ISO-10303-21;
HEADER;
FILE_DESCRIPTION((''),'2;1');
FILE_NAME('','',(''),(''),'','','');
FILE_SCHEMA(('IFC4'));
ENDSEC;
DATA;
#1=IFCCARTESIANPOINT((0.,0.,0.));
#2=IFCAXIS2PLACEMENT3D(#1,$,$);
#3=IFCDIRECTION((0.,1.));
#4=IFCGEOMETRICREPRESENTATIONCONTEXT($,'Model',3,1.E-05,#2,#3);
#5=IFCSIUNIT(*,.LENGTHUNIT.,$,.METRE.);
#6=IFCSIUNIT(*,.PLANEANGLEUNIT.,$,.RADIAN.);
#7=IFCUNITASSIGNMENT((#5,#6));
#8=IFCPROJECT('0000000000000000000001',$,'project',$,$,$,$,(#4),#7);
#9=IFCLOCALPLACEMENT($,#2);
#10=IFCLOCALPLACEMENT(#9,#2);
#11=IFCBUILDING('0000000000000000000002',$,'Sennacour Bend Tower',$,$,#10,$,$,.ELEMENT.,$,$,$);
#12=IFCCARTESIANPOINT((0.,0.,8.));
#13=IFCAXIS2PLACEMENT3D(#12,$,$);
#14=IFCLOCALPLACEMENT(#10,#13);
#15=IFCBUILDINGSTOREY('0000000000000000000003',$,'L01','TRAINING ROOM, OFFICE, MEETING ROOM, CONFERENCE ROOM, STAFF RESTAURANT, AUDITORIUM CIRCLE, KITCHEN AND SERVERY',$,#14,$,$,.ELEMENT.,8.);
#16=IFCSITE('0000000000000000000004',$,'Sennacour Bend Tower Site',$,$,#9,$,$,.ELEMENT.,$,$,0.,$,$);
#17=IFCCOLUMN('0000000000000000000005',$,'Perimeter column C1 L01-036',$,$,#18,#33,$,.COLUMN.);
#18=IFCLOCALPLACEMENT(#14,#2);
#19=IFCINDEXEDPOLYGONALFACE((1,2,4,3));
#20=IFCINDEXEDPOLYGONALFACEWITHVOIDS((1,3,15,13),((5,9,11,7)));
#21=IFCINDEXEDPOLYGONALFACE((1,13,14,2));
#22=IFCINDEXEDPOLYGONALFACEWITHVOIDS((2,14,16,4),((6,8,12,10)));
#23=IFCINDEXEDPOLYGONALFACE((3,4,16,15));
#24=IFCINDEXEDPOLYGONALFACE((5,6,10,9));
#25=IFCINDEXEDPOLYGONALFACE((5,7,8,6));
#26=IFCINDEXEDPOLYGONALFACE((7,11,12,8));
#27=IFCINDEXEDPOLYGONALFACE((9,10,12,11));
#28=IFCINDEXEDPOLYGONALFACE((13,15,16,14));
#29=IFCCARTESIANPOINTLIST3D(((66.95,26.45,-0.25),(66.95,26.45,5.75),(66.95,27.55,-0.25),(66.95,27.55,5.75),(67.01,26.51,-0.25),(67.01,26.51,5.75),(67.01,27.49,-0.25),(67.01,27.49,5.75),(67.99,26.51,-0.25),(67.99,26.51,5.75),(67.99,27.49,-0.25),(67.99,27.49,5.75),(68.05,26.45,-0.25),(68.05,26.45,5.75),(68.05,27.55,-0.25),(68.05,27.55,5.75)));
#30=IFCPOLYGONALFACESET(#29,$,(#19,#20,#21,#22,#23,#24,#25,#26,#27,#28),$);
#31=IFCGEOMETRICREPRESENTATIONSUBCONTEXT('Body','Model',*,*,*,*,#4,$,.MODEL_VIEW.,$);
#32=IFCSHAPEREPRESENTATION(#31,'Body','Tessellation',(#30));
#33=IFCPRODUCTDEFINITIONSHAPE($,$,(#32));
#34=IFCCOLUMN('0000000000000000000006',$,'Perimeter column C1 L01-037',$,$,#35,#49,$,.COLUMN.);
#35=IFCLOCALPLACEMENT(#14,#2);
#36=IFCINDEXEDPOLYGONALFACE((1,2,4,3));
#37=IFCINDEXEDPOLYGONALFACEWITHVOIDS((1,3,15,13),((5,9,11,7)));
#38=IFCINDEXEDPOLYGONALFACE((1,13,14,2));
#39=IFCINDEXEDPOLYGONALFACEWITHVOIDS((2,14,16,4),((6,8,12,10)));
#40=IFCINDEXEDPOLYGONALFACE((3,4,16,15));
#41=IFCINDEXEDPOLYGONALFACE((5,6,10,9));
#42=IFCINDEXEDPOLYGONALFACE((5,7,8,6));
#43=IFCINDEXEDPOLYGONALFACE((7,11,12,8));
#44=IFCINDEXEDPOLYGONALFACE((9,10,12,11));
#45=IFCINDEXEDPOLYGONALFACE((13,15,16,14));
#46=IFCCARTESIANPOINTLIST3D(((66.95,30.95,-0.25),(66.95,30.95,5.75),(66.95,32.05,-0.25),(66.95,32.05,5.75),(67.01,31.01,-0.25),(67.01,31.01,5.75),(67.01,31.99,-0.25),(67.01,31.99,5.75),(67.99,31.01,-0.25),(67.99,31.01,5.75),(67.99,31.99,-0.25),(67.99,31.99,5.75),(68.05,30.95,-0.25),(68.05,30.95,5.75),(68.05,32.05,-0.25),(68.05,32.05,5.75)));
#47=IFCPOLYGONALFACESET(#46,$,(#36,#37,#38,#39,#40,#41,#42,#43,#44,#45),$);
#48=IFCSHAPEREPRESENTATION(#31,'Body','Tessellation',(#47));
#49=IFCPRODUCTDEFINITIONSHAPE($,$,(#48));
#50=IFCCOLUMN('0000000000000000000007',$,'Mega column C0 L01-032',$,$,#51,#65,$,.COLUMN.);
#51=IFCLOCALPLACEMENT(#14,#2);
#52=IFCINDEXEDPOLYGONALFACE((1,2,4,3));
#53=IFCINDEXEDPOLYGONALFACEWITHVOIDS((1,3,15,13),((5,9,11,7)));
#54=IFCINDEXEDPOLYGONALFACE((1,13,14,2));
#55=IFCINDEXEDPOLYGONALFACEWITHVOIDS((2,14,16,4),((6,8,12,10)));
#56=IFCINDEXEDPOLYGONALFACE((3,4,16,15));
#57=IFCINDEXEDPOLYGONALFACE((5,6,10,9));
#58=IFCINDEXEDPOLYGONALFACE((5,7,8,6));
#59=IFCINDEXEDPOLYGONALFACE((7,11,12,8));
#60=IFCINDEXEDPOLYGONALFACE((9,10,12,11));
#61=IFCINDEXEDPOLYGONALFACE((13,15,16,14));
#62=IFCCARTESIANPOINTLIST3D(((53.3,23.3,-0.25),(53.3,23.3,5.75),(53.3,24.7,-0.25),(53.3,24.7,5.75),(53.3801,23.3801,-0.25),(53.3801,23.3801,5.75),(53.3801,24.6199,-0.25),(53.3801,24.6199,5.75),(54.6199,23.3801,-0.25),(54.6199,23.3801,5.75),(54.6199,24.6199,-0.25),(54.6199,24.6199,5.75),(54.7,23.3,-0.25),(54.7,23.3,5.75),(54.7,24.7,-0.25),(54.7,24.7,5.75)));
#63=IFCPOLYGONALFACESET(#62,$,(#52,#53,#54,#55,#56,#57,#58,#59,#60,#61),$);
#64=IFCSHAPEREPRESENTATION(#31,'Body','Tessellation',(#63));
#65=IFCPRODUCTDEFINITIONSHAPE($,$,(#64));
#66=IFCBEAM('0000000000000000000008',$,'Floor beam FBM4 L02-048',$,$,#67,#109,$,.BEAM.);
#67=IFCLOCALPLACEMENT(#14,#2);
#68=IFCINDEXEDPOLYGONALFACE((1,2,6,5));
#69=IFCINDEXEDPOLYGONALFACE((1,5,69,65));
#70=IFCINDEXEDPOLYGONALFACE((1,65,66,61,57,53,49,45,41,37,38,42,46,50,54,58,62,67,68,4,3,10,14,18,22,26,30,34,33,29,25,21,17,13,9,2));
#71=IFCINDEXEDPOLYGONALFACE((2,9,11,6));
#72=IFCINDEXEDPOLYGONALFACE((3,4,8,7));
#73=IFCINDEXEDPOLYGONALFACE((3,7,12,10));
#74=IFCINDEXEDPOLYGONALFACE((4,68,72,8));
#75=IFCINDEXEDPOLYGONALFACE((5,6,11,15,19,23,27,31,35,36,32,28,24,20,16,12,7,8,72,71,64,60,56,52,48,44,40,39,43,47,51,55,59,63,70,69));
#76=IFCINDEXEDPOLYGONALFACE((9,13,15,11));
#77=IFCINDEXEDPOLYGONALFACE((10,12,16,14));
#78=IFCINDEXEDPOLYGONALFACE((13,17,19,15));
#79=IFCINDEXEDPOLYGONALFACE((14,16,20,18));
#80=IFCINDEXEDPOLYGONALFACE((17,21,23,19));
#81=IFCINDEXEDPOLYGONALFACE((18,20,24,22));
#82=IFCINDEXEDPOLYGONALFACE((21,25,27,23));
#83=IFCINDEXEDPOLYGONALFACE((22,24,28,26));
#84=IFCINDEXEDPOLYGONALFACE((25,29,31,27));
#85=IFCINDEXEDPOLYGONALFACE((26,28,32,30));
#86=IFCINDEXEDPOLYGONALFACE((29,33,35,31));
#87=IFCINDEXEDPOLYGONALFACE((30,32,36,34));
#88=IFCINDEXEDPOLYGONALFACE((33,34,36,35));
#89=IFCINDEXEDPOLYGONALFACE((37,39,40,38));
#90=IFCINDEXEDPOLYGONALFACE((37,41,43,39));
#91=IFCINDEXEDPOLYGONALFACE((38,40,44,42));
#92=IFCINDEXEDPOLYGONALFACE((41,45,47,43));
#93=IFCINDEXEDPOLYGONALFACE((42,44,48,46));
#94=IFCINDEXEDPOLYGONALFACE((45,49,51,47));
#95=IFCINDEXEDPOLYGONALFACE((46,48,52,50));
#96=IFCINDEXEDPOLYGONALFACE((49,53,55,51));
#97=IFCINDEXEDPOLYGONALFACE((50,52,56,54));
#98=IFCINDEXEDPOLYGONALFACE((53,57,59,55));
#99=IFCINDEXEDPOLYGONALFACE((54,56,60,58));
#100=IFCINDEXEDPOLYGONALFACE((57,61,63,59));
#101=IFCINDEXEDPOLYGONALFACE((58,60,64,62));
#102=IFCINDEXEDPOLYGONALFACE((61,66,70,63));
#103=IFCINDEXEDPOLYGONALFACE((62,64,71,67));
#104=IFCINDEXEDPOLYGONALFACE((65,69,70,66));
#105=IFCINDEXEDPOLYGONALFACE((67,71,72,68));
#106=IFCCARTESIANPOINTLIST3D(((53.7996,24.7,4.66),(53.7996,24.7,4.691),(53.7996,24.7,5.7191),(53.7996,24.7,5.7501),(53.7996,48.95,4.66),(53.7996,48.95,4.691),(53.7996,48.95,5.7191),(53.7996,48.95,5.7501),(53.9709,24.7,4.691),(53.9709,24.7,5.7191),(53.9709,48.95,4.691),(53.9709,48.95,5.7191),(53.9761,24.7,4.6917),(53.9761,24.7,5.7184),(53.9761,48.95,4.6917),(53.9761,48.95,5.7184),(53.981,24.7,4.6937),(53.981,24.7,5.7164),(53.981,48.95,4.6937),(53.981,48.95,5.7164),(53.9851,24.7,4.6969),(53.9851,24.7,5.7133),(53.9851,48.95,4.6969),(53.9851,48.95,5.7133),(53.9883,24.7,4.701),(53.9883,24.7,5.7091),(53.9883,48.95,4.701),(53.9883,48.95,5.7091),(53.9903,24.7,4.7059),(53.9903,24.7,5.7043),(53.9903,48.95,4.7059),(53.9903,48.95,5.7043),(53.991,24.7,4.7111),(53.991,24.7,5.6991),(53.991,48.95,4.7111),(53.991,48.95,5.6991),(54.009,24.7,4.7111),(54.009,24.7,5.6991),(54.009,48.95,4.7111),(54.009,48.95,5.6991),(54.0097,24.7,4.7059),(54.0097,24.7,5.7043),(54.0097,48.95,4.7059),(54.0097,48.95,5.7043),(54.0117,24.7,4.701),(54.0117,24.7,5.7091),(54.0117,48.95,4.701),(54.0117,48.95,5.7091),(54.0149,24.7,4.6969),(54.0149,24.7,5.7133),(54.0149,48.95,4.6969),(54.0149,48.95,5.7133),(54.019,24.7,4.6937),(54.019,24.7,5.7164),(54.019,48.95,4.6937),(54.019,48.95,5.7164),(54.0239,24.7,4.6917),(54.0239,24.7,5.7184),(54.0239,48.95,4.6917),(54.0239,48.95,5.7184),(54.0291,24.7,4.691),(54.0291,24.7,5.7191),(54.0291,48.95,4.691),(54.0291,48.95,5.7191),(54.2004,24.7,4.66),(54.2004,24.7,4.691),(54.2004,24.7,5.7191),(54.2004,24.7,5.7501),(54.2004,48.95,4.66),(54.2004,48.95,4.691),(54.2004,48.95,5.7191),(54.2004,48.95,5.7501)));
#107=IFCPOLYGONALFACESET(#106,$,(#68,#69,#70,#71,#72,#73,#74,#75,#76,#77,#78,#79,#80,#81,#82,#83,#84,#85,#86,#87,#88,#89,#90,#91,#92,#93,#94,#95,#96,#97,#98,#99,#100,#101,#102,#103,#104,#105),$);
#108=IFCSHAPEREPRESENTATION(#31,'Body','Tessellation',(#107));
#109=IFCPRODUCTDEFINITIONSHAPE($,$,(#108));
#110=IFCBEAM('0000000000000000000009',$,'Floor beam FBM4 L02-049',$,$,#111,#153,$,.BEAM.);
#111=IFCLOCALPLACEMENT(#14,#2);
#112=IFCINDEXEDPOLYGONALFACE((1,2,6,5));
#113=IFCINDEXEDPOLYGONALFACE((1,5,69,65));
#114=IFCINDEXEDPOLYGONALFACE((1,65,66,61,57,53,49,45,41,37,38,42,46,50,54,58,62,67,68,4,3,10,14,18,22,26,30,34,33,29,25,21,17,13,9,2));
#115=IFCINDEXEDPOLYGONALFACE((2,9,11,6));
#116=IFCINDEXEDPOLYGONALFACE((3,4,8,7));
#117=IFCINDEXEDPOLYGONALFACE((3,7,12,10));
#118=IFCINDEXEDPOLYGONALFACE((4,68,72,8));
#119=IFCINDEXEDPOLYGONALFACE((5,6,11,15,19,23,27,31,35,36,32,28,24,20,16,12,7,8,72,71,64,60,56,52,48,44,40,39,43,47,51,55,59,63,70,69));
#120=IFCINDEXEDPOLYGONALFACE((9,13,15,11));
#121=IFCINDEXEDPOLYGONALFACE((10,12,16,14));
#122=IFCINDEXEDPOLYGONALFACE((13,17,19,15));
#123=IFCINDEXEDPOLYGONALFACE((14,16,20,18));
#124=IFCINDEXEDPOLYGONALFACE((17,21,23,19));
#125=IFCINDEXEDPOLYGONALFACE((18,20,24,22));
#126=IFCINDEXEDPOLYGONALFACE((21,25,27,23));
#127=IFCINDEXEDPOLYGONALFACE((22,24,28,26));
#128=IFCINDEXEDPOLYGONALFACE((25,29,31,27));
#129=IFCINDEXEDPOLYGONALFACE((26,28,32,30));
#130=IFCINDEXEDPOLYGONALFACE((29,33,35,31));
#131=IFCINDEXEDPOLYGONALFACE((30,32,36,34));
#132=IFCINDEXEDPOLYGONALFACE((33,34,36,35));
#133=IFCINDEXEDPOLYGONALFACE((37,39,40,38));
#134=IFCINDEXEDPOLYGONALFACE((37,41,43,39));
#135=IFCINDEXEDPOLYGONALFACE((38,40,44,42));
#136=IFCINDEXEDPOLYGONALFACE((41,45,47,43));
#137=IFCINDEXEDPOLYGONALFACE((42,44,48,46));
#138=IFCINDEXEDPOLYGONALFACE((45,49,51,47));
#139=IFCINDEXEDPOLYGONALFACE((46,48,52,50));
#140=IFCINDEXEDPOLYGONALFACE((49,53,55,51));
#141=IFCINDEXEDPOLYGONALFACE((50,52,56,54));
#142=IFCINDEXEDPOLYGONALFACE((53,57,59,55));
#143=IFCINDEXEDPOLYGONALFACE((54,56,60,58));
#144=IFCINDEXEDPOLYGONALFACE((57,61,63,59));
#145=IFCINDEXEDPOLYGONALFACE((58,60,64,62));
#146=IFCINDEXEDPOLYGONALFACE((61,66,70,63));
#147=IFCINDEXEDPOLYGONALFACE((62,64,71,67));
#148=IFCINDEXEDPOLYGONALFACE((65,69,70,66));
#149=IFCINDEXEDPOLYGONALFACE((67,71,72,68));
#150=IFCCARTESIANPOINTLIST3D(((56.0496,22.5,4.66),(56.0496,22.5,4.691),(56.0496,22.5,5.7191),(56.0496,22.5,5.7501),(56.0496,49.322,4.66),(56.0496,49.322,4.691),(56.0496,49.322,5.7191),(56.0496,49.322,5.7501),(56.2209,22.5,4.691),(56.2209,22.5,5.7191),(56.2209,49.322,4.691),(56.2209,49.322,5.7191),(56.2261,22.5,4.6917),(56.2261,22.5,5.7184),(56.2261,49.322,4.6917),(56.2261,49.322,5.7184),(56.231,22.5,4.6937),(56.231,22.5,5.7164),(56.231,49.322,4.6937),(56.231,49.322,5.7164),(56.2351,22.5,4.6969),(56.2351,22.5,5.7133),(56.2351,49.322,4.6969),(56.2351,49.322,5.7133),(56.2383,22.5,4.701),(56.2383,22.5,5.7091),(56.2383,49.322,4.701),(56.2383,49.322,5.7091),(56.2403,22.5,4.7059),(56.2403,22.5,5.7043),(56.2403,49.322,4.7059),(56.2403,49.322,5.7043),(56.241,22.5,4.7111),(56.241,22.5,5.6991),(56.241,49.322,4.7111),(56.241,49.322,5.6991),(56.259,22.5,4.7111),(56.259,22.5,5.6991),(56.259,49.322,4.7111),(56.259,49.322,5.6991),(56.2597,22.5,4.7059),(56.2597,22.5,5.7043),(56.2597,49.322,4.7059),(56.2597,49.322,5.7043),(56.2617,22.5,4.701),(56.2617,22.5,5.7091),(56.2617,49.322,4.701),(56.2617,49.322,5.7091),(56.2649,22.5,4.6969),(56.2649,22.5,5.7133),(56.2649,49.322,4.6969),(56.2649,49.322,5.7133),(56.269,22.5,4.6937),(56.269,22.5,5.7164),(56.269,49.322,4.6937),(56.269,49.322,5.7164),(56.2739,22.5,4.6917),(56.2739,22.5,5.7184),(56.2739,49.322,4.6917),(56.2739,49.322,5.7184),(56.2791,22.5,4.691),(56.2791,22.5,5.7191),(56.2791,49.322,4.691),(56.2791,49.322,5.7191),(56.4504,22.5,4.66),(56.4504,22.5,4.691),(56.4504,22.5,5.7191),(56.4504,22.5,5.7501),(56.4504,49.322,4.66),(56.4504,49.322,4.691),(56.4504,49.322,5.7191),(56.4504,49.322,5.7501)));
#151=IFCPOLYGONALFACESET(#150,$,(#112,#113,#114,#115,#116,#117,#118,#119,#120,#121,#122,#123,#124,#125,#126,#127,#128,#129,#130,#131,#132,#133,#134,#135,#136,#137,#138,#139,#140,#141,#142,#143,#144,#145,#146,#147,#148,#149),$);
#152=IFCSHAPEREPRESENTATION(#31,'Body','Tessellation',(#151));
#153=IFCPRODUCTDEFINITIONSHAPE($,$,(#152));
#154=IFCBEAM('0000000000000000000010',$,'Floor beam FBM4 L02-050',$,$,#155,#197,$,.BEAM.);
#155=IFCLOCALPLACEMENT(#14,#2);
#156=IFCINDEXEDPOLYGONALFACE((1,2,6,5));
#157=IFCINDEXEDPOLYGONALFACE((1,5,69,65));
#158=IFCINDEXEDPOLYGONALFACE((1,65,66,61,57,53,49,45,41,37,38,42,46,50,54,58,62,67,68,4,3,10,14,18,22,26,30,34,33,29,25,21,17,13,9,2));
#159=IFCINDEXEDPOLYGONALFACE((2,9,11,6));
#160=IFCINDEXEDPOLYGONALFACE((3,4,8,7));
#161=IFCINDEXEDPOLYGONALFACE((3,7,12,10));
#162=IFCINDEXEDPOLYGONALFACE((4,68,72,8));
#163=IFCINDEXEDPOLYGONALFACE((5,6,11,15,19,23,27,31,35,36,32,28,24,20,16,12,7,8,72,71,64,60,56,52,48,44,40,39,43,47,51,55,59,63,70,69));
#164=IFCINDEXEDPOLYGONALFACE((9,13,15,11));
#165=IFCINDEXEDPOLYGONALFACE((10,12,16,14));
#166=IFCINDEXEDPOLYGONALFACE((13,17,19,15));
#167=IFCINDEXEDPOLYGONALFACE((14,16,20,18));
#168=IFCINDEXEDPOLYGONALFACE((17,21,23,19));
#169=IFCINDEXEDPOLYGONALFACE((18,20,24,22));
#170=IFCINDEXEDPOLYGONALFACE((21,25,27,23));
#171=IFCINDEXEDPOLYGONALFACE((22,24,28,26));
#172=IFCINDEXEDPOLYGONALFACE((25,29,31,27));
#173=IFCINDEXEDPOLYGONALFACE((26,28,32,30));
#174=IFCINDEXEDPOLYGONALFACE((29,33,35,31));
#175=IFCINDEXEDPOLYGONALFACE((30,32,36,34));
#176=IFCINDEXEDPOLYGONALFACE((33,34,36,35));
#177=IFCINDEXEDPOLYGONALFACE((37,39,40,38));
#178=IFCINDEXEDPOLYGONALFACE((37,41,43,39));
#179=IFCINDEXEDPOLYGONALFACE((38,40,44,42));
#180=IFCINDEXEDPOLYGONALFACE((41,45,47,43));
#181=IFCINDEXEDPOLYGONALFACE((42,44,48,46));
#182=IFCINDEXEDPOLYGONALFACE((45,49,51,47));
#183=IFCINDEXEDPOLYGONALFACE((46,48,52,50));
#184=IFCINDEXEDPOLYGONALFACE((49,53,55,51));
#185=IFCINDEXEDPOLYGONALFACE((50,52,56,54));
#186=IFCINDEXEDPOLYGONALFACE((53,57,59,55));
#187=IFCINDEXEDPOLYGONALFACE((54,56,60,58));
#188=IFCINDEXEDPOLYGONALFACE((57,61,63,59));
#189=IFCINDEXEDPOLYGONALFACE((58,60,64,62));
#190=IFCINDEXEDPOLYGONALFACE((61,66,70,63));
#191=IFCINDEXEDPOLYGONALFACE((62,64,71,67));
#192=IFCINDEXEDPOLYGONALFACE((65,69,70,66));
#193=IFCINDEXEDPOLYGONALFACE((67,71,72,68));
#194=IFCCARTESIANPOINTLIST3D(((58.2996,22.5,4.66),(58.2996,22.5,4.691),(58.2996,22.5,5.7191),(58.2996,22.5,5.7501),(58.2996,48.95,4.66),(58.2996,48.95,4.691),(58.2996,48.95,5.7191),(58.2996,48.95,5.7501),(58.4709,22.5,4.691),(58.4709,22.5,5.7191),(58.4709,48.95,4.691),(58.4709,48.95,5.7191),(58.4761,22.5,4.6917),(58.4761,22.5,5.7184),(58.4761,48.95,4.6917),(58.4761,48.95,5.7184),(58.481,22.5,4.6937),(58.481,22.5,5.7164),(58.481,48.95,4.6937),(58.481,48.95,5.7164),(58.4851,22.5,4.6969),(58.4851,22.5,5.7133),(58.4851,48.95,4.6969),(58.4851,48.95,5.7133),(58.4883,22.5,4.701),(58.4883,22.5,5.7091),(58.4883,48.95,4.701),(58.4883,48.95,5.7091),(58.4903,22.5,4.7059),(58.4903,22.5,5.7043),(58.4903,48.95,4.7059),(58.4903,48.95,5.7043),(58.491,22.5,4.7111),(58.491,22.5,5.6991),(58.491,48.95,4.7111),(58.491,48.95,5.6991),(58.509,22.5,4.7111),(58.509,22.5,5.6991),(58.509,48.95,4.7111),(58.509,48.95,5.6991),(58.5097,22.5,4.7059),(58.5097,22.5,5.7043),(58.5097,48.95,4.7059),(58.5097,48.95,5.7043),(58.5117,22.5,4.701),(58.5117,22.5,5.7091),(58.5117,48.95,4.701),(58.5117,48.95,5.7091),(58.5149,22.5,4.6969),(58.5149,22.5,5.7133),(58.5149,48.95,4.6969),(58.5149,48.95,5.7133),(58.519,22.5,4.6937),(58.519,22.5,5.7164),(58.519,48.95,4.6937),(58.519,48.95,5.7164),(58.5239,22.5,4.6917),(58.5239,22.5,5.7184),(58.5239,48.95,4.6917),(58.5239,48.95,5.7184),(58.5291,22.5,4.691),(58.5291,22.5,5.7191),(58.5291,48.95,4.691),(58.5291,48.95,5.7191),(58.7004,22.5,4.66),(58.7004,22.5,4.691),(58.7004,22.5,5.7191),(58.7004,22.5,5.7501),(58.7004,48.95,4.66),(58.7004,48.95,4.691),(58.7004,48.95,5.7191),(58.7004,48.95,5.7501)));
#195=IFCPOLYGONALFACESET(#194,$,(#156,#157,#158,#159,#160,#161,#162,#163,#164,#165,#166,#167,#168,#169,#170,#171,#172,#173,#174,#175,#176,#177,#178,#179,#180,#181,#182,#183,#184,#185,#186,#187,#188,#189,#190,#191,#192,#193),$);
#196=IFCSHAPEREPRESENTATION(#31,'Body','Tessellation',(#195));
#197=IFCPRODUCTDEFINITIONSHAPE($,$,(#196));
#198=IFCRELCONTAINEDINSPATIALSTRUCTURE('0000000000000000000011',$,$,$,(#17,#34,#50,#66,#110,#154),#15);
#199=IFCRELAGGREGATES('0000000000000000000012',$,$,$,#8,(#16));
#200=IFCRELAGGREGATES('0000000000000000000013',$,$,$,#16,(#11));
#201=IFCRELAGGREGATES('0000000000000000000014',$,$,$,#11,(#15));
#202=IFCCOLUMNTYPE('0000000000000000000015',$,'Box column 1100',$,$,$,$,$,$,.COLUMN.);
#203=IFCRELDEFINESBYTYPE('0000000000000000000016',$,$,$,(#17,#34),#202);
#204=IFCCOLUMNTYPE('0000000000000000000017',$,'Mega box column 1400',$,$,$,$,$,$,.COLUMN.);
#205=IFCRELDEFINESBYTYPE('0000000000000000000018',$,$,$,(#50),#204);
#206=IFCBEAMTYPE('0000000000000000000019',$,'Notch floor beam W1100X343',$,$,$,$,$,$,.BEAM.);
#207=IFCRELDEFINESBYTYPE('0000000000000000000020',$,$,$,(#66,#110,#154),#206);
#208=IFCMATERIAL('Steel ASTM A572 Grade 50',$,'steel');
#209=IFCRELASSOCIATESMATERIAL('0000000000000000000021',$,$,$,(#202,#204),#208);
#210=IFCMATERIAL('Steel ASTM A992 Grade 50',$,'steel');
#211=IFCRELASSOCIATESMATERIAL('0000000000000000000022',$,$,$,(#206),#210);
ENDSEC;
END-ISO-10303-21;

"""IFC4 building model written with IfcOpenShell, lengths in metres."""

from ifc_helpers import new_model, si_unit, direction, frame, origin, origin_2d, place, context, subcontext, project, spatial, hollow_rectangle, i_section, extrude, material, material_profile, profile_set, type_object, element, save


model = new_model("IFC4")

# Units and contexts
model_context = context("Model", 3, precision=1e-05, world=origin(), true_north=direction((0.0, 1.0)))
body_context = subcontext(model_context, "Body", "Model", "MODEL_VIEW")
ifc_project = project(units=[si_unit("LENGTHUNIT", "METRE"), si_unit("PLANEANGLEUNIT", "RADIAN")], contexts=[model_context])

# Site, building, storey
site_placement = place(None, origin())
site = spatial("IfcSite", under=ifc_project, at=site_placement, Name="Sennacour Bend Tower Site", CompositionType="ELEMENT", RefElevation=0.0)
building_placement = place(site_placement, origin())
building = spatial("IfcBuilding", under=site, at=building_placement, Name="Sennacour Bend Tower", CompositionType="ELEMENT")
storey_placement = place(building_placement, frame((0.0, 0.0, 8.0)))
storey = spatial("IfcBuildingStorey", under=building, at=storey_placement, Name="L01", Description="TRAINING ROOM, OFFICE, MEETING ROOM, CONFERENCE ROOM, STAFF RESTAURANT, AUDITORIUM CIRCLE, KITCHEN AND SERVERY", CompositionType="ELEMENT", Elevation=8.0)

# Columns
ifc_material_1 = material(Name="Steel ASTM A572 Grade 50", Category="steel")
ifc_material_profile_1 = material_profile(ifc_material_1, hollow_rectangle(XDim=1.1001, YDim=1.1001, WallThickness=0.0601, at=origin_2d()), Name="Steel ASTM A572 Grade 50", Category="steel")
ifc_profile_set_1 = profile_set([ifc_material_profile_1], Name="Steel ASTM A572 Grade 50")
column_type_1 = type_object("IfcColumnType", Name="Box column 1100", PredefinedType="COLUMN", material=ifc_profile_set_1)
for number, where, z_axis, x_axis, name in (
    (1, (67.5, 27.0, -0.25), (0.0, 0.0, 1.0), (1.0, 0.0, 0.0), "Perimeter column C1 L01-036"),
    (2, (67.5, 31.5, -0.25), (0.0, 0.0, 1.0), (1.0, 0.0, 0.0), "Perimeter column C1 L01-037"),
):
    element("IfcColumn", number, at=place(storey_placement, frame(where, z_axis=z_axis, x_axis=x_axis)), inside=storey, type_object=column_type_1, Name=name, PredefinedType="COLUMN", context=body_context, shape_type="SweptSolid", body=[
        extrude(hollow_rectangle(XDim=1.1001, YDim=1.1001, WallThickness=0.0601, at=origin_2d()), origin(), (0.0, 0.0, 1.0), 6.0),
    ])
ifc_material_profile_2 = material_profile(ifc_material_1, hollow_rectangle(XDim=1.3999, YDim=1.3999, WallThickness=0.0801, at=origin_2d()), Name="Steel ASTM A572 Grade 50", Category="steel")
ifc_profile_set_2 = profile_set([ifc_material_profile_2], Name="Steel ASTM A572 Grade 50")
column_type_2 = type_object("IfcColumnType", Name="Mega box column 1400", PredefinedType="COLUMN", material=ifc_profile_set_2)
column_placement = place(storey_placement, frame((54.0, 24.0, -0.25), z_axis=(0.0, 0.0, 1.0), x_axis=(1.0, 0.0, 0.0)))
element("IfcColumn", 3, at=column_placement, inside=storey, type_object=column_type_2, Name="Mega column C0 L01-032", PredefinedType="COLUMN", context=body_context, shape_type="SweptSolid", body=[
    extrude(hollow_rectangle(XDim=1.3999, YDim=1.3999, WallThickness=0.0801, at=origin_2d()), origin(), (0.0, 0.0, 1.0), 6.0),
])

# Beams
ifc_material_2 = material(Name="Steel ASTM A992 Grade 50", Category="steel")
ifc_material_profile_3 = material_profile(ifc_material_2, i_section(OverallWidth=0.4009, OverallDepth=1.0901, WebThickness=0.0181, FlangeThickness=0.031, FilletRadius=0.02, at=origin_2d()), Name="Steel ASTM A992 Grade 50", Category="steel")
ifc_profile_set_3 = profile_set([ifc_material_profile_3], Name="Steel ASTM A992 Grade 50")
beam_type_1 = type_object("IfcBeamType", Name="Notch floor beam W1100X343", PredefinedType="BEAM", material=ifc_profile_set_3)
beam_1_placement = place(storey_placement, frame((54.0, 24.7, 5.2051), z_axis=(0.0, 1.0, 0.0), x_axis=(-1.0, 0.0, 0.0)))
element("IfcBeam", 4, at=beam_1_placement, inside=storey, type_object=beam_type_1, Name="Floor beam FBM4 L02-048", PredefinedType="BEAM", context=body_context, shape_type="SweptSolid", body=[
    extrude(i_section(OverallWidth=0.4009, OverallDepth=1.0901, WebThickness=0.0181, FlangeThickness=0.031, FilletRadius=0.02, at=origin_2d()), origin(), (0.0, 0.0, 1.0), 24.25),
])
beam_2_placement = place(storey_placement, frame((56.25, 22.5, 5.2051), z_axis=(0.0, 1.0, 0.0), x_axis=(-1.0, 0.0, 0.0)))
element("IfcBeam", 5, at=beam_2_placement, inside=storey, type_object=beam_type_1, Name="Floor beam FBM4 L02-049", PredefinedType="BEAM", context=body_context, shape_type="SweptSolid", body=[
    extrude(i_section(OverallWidth=0.4009, OverallDepth=1.0901, WebThickness=0.0181, FlangeThickness=0.031, FilletRadius=0.02, at=origin_2d()), origin(), (0.0, 0.0, 1.0), 26.822),
])
beam_3_placement = place(storey_placement, frame((58.5, 22.5, 5.2051), z_axis=(0.0, 1.0, 0.0), x_axis=(-1.0, 0.0, 0.0)))
element("IfcBeam", 6, at=beam_3_placement, inside=storey, type_object=beam_type_1, Name="Floor beam FBM4 L02-050", PredefinedType="BEAM", context=body_context, shape_type="SweptSolid", body=[
    extrude(i_section(OverallWidth=0.4009, OverallDepth=1.0901, WebThickness=0.0181, FlangeThickness=0.031, FilletRadius=0.02, at=origin_2d()), origin(), (0.0, 0.0, 1.0), 26.45),
])

save(model, "model.ifc")
